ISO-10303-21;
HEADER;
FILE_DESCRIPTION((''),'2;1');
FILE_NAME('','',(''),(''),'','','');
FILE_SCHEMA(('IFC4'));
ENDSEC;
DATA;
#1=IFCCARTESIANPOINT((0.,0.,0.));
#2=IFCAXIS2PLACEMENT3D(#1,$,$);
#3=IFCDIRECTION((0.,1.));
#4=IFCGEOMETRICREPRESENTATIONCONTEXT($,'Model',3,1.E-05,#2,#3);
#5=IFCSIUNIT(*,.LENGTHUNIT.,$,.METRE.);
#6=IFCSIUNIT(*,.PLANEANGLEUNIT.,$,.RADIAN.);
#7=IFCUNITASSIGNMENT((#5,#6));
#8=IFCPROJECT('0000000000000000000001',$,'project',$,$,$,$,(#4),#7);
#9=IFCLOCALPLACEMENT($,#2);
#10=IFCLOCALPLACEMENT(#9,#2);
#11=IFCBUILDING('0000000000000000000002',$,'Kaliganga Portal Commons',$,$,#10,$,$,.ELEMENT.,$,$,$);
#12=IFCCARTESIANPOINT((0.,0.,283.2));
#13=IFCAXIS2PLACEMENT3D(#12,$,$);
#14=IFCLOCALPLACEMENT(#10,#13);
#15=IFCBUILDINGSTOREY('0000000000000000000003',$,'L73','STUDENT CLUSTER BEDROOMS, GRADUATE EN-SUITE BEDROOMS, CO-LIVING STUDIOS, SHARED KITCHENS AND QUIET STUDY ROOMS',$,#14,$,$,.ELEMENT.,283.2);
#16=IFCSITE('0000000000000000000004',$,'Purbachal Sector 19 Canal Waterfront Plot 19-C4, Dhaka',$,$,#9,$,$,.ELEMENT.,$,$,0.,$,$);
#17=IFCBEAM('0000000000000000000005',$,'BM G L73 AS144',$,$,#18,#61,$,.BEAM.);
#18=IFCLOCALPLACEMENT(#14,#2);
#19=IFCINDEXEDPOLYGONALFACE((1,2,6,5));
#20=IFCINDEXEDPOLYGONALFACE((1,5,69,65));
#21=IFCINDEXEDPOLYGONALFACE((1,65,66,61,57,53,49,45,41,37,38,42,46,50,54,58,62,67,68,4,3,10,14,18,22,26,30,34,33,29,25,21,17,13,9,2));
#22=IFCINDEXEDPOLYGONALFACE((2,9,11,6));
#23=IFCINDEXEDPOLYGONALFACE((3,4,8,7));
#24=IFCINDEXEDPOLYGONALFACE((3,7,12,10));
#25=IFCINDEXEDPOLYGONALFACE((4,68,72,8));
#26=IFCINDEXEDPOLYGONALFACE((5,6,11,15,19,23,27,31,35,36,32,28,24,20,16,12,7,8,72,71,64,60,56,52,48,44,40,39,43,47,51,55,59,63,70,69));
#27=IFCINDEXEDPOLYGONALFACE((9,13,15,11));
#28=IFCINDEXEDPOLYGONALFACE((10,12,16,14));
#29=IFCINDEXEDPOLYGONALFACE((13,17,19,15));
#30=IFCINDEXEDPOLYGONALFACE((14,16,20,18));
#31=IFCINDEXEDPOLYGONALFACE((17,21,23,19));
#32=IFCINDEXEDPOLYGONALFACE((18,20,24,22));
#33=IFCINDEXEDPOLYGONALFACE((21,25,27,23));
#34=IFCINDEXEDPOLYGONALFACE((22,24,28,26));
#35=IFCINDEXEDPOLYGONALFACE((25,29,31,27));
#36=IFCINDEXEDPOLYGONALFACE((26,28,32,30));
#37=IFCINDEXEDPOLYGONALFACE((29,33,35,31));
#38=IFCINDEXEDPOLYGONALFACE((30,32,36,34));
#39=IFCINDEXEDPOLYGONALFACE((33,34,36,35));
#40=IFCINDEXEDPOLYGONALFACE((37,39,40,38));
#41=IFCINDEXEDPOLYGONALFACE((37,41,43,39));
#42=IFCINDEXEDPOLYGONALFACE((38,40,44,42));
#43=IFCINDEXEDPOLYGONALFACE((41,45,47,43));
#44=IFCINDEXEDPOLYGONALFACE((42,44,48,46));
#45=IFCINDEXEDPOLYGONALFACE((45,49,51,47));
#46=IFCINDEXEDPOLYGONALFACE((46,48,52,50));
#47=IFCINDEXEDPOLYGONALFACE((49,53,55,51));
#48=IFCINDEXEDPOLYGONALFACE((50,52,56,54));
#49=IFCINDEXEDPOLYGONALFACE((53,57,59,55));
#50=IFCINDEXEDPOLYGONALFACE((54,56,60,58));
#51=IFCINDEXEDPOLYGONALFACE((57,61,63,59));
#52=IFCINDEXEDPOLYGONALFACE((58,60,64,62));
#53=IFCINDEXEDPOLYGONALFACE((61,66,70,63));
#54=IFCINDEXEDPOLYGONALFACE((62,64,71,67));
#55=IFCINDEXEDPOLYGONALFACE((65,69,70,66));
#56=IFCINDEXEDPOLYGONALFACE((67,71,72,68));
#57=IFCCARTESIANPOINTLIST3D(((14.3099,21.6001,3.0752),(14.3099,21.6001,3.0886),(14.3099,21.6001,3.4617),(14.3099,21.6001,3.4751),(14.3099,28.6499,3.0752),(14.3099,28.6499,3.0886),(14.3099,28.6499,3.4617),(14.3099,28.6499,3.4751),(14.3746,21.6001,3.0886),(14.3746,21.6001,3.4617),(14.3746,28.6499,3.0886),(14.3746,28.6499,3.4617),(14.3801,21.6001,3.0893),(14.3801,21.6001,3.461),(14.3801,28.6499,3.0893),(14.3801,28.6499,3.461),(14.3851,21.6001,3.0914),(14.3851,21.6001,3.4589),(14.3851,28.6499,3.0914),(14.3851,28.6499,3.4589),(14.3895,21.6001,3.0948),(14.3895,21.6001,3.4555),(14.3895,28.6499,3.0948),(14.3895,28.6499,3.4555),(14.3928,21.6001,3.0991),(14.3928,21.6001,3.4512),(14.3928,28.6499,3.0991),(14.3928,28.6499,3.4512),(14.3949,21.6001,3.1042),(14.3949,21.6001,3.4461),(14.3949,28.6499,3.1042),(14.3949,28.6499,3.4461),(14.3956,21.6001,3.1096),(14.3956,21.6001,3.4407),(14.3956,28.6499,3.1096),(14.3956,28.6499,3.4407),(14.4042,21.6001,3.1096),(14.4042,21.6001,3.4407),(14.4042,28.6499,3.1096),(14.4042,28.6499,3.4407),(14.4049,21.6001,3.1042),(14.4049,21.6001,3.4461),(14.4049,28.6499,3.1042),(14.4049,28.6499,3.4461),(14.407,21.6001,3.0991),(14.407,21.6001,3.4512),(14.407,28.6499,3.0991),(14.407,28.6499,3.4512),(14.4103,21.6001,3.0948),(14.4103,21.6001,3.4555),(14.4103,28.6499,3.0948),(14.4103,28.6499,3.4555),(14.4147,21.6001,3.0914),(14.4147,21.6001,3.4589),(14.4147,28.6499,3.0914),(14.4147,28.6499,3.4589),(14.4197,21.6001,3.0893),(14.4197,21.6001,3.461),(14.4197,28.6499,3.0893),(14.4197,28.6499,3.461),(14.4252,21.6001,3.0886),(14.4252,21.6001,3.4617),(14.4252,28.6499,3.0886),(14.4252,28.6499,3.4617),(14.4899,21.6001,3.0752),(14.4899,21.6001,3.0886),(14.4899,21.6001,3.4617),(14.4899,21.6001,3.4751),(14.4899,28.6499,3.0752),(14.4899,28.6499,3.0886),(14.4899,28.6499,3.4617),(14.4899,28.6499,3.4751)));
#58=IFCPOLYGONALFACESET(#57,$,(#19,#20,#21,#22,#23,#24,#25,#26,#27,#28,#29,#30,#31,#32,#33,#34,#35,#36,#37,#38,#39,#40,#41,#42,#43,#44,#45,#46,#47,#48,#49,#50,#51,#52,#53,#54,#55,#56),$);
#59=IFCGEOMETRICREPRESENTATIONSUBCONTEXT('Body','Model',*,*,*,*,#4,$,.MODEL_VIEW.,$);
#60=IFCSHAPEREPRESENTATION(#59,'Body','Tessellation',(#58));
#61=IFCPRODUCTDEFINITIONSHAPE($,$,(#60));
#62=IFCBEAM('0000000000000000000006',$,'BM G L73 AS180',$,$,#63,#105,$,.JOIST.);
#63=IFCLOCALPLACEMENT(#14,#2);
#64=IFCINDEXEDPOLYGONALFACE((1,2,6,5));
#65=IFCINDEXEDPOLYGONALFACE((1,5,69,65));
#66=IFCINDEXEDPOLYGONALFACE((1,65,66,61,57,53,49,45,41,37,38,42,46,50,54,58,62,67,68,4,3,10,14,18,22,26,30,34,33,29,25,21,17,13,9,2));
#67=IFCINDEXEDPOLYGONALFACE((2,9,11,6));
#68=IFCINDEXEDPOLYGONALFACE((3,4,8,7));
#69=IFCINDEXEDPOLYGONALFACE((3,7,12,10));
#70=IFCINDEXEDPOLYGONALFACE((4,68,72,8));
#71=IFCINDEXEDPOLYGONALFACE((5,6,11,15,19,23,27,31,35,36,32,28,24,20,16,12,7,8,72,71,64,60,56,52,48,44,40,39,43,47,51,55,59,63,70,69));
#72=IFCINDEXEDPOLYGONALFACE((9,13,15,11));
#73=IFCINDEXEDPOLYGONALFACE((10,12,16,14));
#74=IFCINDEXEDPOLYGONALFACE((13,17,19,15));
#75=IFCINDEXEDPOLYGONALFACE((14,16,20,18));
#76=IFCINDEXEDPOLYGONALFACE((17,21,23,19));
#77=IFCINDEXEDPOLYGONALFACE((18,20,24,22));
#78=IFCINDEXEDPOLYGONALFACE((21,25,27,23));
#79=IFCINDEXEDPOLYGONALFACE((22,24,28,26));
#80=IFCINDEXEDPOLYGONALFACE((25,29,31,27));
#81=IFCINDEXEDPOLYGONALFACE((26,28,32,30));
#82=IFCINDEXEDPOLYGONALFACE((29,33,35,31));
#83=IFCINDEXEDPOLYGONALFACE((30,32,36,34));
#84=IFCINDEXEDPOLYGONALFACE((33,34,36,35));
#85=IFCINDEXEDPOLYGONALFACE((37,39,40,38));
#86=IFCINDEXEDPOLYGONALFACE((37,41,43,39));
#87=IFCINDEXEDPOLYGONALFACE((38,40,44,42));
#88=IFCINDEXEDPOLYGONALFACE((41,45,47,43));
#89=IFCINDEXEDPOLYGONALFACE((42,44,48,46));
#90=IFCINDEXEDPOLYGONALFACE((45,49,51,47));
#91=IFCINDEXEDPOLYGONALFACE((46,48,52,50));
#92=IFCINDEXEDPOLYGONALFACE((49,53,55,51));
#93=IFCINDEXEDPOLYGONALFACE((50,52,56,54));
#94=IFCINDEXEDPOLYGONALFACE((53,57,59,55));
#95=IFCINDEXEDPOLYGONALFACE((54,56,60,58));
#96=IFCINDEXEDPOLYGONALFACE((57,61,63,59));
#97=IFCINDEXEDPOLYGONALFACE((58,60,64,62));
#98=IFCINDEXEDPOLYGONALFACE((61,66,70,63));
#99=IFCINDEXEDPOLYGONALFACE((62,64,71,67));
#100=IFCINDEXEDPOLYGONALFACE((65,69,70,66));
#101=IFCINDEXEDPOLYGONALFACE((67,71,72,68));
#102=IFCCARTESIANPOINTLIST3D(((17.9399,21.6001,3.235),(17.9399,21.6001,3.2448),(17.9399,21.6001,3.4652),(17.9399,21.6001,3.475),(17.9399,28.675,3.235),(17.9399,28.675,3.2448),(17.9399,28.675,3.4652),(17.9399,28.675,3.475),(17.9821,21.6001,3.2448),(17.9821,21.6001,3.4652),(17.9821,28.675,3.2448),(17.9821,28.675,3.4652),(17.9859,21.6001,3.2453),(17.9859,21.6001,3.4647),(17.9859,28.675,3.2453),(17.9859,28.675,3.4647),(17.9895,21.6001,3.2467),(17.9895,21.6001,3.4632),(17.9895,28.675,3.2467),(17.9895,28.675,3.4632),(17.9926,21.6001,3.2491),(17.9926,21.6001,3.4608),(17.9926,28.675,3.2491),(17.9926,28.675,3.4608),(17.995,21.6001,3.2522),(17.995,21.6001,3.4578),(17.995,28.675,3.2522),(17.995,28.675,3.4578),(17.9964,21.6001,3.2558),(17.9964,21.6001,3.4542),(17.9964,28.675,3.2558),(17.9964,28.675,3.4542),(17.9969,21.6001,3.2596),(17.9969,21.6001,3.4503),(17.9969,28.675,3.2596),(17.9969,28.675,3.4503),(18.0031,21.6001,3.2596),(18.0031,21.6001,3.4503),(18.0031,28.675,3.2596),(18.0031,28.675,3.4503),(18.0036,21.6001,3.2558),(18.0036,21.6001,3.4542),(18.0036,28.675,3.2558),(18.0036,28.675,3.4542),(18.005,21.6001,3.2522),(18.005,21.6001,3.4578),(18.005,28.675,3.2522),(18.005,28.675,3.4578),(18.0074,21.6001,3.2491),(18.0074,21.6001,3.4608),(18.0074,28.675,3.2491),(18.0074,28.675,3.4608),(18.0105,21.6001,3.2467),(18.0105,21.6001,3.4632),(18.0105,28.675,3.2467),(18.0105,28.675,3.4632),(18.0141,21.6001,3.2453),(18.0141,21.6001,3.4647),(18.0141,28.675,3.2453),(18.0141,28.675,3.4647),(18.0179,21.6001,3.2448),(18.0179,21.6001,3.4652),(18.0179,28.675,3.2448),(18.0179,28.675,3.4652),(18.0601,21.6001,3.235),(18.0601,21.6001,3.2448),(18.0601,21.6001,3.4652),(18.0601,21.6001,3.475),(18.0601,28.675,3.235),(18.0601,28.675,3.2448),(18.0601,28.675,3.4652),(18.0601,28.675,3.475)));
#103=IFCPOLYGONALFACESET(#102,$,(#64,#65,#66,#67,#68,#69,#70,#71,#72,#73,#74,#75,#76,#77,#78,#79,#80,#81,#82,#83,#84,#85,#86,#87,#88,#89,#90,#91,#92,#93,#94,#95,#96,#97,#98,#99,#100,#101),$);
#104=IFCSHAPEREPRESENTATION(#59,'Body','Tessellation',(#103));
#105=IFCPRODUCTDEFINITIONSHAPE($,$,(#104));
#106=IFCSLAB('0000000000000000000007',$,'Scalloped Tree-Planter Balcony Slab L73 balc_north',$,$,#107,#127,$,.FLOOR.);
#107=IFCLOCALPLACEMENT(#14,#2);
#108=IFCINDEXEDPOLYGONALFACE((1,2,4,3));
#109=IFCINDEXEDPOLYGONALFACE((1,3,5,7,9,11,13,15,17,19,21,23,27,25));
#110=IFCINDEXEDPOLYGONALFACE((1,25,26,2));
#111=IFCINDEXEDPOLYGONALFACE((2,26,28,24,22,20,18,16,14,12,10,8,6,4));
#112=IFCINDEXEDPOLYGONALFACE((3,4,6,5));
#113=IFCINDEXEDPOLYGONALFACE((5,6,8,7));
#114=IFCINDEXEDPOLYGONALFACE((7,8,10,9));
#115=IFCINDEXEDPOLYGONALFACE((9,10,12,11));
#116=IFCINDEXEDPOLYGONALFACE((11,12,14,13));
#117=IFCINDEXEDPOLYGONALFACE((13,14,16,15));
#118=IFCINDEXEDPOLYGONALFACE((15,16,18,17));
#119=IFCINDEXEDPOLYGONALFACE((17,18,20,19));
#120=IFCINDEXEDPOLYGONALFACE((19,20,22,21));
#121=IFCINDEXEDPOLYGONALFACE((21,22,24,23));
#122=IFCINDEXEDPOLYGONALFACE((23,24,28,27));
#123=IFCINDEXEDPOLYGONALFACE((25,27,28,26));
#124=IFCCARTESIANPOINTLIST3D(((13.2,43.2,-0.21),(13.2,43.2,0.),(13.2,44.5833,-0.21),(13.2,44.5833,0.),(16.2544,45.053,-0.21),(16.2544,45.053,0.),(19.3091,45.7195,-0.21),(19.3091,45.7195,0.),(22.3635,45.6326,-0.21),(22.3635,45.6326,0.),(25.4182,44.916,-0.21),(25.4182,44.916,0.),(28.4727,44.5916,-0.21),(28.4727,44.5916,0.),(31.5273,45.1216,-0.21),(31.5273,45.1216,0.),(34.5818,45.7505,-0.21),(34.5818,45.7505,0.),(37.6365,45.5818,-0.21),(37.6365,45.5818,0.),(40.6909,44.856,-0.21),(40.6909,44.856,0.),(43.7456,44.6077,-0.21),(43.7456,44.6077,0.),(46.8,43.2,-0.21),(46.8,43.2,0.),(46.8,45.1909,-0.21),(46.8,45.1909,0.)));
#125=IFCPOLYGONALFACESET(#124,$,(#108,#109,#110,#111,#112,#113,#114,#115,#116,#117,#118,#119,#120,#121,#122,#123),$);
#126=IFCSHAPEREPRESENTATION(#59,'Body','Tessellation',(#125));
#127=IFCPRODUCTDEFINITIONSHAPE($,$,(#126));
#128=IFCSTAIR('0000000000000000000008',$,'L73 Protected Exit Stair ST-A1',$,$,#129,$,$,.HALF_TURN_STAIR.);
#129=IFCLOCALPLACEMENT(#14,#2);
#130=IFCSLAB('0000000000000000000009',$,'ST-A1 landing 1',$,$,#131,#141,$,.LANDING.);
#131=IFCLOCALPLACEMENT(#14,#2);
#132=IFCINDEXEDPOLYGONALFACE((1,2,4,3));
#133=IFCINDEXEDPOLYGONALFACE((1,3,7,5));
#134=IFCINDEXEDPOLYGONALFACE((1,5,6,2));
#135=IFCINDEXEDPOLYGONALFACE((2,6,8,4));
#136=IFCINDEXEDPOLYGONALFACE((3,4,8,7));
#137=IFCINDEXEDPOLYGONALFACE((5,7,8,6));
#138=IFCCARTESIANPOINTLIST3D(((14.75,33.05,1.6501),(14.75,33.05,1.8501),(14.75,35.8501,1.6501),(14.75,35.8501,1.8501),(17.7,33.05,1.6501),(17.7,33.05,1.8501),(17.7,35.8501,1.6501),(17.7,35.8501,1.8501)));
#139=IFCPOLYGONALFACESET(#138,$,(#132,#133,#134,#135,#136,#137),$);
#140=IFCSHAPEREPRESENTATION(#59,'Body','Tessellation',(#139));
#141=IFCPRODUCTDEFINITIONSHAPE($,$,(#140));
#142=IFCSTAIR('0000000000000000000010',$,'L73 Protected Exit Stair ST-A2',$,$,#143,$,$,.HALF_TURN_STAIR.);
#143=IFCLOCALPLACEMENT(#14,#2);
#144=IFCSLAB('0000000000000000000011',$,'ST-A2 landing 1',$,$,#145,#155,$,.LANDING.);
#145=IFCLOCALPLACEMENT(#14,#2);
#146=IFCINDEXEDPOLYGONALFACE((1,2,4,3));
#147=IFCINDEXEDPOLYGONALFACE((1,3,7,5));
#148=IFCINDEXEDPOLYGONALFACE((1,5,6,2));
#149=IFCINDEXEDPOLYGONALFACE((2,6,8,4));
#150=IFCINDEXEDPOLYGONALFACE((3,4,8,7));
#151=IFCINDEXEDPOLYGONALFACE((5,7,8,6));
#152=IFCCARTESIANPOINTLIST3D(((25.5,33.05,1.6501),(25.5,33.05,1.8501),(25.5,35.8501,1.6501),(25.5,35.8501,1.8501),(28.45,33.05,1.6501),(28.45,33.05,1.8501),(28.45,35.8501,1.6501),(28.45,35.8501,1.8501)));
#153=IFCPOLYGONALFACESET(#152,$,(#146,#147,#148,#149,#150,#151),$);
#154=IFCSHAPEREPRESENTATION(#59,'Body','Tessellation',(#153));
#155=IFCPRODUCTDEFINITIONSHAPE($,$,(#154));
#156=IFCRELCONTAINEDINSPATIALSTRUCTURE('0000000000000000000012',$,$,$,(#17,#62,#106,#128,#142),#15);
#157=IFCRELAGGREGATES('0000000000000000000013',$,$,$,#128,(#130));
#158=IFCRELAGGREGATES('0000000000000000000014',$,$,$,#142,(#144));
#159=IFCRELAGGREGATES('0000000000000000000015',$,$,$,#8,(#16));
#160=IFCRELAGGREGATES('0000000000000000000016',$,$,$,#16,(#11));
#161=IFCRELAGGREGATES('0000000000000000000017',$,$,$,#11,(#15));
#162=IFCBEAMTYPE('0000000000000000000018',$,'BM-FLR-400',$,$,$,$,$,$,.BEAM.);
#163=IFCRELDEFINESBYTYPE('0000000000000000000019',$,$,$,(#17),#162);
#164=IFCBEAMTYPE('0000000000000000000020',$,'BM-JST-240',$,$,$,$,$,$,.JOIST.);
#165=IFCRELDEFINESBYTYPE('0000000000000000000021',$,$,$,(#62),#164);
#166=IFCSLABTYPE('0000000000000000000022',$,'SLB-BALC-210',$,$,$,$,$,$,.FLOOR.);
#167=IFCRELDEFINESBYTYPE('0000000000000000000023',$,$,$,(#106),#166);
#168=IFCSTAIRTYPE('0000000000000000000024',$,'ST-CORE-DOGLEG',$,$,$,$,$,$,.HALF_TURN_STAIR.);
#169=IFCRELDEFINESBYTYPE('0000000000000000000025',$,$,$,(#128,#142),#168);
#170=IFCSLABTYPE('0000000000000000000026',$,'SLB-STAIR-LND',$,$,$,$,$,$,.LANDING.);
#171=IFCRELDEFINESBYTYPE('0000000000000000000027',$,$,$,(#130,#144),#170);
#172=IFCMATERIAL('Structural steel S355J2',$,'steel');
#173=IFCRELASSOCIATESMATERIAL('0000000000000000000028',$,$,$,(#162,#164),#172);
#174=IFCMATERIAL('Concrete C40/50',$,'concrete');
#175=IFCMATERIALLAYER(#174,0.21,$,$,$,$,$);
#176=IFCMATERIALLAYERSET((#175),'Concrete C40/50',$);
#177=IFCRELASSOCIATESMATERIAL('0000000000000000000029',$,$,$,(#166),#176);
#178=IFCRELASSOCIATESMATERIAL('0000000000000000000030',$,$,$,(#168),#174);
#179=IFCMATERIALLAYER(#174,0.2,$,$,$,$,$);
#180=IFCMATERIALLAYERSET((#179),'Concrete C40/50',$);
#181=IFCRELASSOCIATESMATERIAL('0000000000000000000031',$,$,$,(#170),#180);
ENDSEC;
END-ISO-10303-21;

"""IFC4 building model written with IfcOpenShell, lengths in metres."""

from ifc_helpers import new_model, si_unit, direction, frame, origin, origin_2d, place, context, subcontext, project, spatial, polyline, i_section, outline, extrude, source, transform, mapped, material, layer, layer_set, material_profile, profile_set, type_object, element, aggregate, save


model = new_model("IFC4")

# Units and contexts
model_context = context("Model", 3, precision=1e-05, world=origin(), true_north=direction((0.0, 1.0)))
body_context = subcontext(model_context, "Body", "Model", "MODEL_VIEW")
ifc_project = project(units=[si_unit("LENGTHUNIT", "METRE"), si_unit("PLANEANGLEUNIT", "RADIAN")], contexts=[model_context])

# Site, building, storey
site_placement = place(None, origin())
site = spatial("IfcSite", under=ifc_project, at=site_placement, Name="Purbachal Sector 19 Canal Waterfront Plot 19-C4, Dhaka", CompositionType="ELEMENT", RefElevation=0.0)
building_placement = place(site_placement, origin())
building = spatial("IfcBuilding", under=site, at=building_placement, Name="Kaliganga Portal Commons", CompositionType="ELEMENT")
storey_placement = place(building_placement, frame((0.0, 0.0, 283.2)))
storey = spatial("IfcBuildingStorey", under=building, at=storey_placement, Name="L73", Description="STUDENT CLUSTER BEDROOMS, GRADUATE EN-SUITE BEDROOMS, CO-LIVING STUDIOS, SHARED KITCHENS AND QUIET STUDY ROOMS", CompositionType="ELEMENT", Elevation=283.2)

# Shared definitions
ifc_material_1 = material(Name="Structural steel S355J2", Category="steel")

# Beams
ifc_material_profile_1 = material_profile(ifc_material_1, i_section(OverallWidth=0.1799, OverallDepth=0.3999, WebThickness=0.0085, FlangeThickness=0.0134, FilletRadius=0.021, at=origin_2d()), Name="IPE 400")
ifc_profile_set_1 = profile_set([ifc_material_profile_1], Name="Structural steel S355J2 wide-flange")
beam_type_1 = type_object("IfcBeamType", Name="BM-FLR-400", PredefinedType="BEAM", material=ifc_profile_set_1)
shared_shape_1 = source(origin(), body_context, "Body", "SweptSolid", [
    extrude(i_section(OverallWidth=0.1799, OverallDepth=0.3999, WebThickness=0.0085, FlangeThickness=0.0134, FilletRadius=0.021, at=origin_2d()), origin(), (0.0, 0.0, 1.0), 7.0498),
])
beam_1_placement = place(storey_placement, frame((14.3999, 21.6001, 3.2751), z_axis=(0.0, 1.0, 0.0), x_axis=(-1.0, 0.0, 0.0)))
element("IfcBeam", 1, at=beam_1_placement, inside=storey, type_object=beam_type_1, Name="BM G L73 AS144", PredefinedType="BEAM", context=body_context, shape_type="MappedRepresentation", body=[
    mapped(shared_shape_1, transform((0.0, 0.0, 0.0), x_axis=(1.0, 0.0, 0.0), y_axis=(0.0, 1.0, 0.0), z_axis=(0.0, 0.0, 1.0), scale=1.0)),
])
ifc_material_profile_2 = material_profile(ifc_material_1, i_section(OverallWidth=0.1201, OverallDepth=0.24, WebThickness=0.0061, FlangeThickness=0.0098, FilletRadius=0.0149, at=origin_2d()), Name="IPE 240")
ifc_profile_set_2 = profile_set([ifc_material_profile_2], Name="Structural steel S355J2 wide-flange")
beam_type_2 = type_object("IfcBeamType", Name="BM-JST-240", PredefinedType="JOIST", material=ifc_profile_set_2)
shared_shape_2 = source(origin(), body_context, "Body", "SweptSolid", [
    extrude(i_section(OverallWidth=0.1201, OverallDepth=0.24, WebThickness=0.0061, FlangeThickness=0.0098, FilletRadius=0.0149, at=origin_2d()), origin(), (0.0, 0.0, 1.0), 7.075),
])
beam_2_placement = place(storey_placement, frame((18.0, 21.6001, 3.355), z_axis=(0.0, 1.0, 0.0), x_axis=(-1.0, 0.0, 0.0)))
element("IfcBeam", 2, at=beam_2_placement, inside=storey, type_object=beam_type_2, Name="BM G L73 AS180", PredefinedType="JOIST", context=body_context, shape_type="MappedRepresentation", body=[
    mapped(shared_shape_2, transform((0.0, 0.0, 0.0), x_axis=(1.0, 0.0, 0.0), y_axis=(0.0, 1.0, 0.0), z_axis=(0.0, 0.0, 1.0), scale=1.0)),
])

# Slab
ifc_material_2 = material(Name="Concrete C40/50", Category="concrete")
ifc_layer_1 = layer(ifc_material_2, 0.21)
ifc_layer_set_1 = layer_set([ifc_layer_1], Name="Concrete C40/50")
slab_type_1 = type_object("IfcSlabType", Name="SLB-BALC-210", PredefinedType="FLOOR", material=ifc_layer_set_1)
slab_1_placement = place(storey_placement, frame((0.0, 0.0, -0.21)))
element("IfcSlab", 3, at=slab_1_placement, inside=storey, type_object=slab_type_1, Name="Scalloped Tree-Planter Balcony Slab L73 balc_north", PredefinedType="FLOOR", context=body_context, shape_type="SweptSolid", body=[
    extrude(outline(polyline([(46.8, 43.2), (46.8, 45.1909), (43.7456, 44.6077), (40.6909, 44.856), (37.6365, 45.5818), (34.5818, 45.7505), (31.5273, 45.1216), (28.4727, 44.5916), (25.4182, 44.916), (22.3635, 45.6326), (19.3091, 45.7195), (16.2544, 45.053), (13.2, 44.5833), (13.2, 43.2), (46.8, 43.2)])), origin(), (0.0, 0.0, 1.0), 0.21),
])

# Stairs, slabs
stair_type = type_object("IfcStairType", Name="ST-CORE-DOGLEG", PredefinedType="HALF_TURN_STAIR", material=ifc_material_2)
stair_1_placement = place(storey_placement, origin())
stair_1 = element("IfcStair", 4, at=stair_1_placement, inside=storey, type_object=stair_type, Name="L73 Protected Exit Stair ST-A1", PredefinedType="HALF_TURN_STAIR")
ifc_layer_2 = layer(ifc_material_2, 0.2)
ifc_layer_set_2 = layer_set([ifc_layer_2], Name="Concrete C40/50")
slab_type_2 = type_object("IfcSlabType", Name="SLB-STAIR-LND", PredefinedType="LANDING", material=ifc_layer_set_2)
slab_2_placement = place(storey_placement, frame((0.0, 0.0, 1.6501)))
slab_2 = element("IfcSlab", 5, at=slab_2_placement, type_object=slab_type_2, Name="ST-A1 landing 1", PredefinedType="LANDING", context=body_context, shape_type="SweptSolid", body=[
    extrude(outline(polyline([(17.7, 33.05), (17.7, 35.8501), (14.75, 35.8501), (14.75, 33.05), (17.7, 33.05)])), origin(), (0.0, 0.0, 1.0), 0.2),
])
aggregate(stair_1, [slab_2])
stair_2_placement = place(storey_placement, origin())
stair_2 = element("IfcStair", 6, at=stair_2_placement, inside=storey, type_object=stair_type, Name="L73 Protected Exit Stair ST-A2", PredefinedType="HALF_TURN_STAIR")
slab_3_placement = place(storey_placement, frame((0.0, 0.0, 1.6501)))
slab_3 = element("IfcSlab", 7, at=slab_3_placement, type_object=slab_type_2, Name="ST-A2 landing 1", PredefinedType="LANDING", context=body_context, shape_type="SweptSolid", body=[
    extrude(outline(polyline([(28.45, 33.05), (28.45, 35.8501), (25.5, 35.8501), (25.5, 33.05), (28.45, 33.05)])), origin(), (0.0, 0.0, 1.0), 0.2),
])
aggregate(stair_2, [slab_3])

save(model, "model.ifc")
